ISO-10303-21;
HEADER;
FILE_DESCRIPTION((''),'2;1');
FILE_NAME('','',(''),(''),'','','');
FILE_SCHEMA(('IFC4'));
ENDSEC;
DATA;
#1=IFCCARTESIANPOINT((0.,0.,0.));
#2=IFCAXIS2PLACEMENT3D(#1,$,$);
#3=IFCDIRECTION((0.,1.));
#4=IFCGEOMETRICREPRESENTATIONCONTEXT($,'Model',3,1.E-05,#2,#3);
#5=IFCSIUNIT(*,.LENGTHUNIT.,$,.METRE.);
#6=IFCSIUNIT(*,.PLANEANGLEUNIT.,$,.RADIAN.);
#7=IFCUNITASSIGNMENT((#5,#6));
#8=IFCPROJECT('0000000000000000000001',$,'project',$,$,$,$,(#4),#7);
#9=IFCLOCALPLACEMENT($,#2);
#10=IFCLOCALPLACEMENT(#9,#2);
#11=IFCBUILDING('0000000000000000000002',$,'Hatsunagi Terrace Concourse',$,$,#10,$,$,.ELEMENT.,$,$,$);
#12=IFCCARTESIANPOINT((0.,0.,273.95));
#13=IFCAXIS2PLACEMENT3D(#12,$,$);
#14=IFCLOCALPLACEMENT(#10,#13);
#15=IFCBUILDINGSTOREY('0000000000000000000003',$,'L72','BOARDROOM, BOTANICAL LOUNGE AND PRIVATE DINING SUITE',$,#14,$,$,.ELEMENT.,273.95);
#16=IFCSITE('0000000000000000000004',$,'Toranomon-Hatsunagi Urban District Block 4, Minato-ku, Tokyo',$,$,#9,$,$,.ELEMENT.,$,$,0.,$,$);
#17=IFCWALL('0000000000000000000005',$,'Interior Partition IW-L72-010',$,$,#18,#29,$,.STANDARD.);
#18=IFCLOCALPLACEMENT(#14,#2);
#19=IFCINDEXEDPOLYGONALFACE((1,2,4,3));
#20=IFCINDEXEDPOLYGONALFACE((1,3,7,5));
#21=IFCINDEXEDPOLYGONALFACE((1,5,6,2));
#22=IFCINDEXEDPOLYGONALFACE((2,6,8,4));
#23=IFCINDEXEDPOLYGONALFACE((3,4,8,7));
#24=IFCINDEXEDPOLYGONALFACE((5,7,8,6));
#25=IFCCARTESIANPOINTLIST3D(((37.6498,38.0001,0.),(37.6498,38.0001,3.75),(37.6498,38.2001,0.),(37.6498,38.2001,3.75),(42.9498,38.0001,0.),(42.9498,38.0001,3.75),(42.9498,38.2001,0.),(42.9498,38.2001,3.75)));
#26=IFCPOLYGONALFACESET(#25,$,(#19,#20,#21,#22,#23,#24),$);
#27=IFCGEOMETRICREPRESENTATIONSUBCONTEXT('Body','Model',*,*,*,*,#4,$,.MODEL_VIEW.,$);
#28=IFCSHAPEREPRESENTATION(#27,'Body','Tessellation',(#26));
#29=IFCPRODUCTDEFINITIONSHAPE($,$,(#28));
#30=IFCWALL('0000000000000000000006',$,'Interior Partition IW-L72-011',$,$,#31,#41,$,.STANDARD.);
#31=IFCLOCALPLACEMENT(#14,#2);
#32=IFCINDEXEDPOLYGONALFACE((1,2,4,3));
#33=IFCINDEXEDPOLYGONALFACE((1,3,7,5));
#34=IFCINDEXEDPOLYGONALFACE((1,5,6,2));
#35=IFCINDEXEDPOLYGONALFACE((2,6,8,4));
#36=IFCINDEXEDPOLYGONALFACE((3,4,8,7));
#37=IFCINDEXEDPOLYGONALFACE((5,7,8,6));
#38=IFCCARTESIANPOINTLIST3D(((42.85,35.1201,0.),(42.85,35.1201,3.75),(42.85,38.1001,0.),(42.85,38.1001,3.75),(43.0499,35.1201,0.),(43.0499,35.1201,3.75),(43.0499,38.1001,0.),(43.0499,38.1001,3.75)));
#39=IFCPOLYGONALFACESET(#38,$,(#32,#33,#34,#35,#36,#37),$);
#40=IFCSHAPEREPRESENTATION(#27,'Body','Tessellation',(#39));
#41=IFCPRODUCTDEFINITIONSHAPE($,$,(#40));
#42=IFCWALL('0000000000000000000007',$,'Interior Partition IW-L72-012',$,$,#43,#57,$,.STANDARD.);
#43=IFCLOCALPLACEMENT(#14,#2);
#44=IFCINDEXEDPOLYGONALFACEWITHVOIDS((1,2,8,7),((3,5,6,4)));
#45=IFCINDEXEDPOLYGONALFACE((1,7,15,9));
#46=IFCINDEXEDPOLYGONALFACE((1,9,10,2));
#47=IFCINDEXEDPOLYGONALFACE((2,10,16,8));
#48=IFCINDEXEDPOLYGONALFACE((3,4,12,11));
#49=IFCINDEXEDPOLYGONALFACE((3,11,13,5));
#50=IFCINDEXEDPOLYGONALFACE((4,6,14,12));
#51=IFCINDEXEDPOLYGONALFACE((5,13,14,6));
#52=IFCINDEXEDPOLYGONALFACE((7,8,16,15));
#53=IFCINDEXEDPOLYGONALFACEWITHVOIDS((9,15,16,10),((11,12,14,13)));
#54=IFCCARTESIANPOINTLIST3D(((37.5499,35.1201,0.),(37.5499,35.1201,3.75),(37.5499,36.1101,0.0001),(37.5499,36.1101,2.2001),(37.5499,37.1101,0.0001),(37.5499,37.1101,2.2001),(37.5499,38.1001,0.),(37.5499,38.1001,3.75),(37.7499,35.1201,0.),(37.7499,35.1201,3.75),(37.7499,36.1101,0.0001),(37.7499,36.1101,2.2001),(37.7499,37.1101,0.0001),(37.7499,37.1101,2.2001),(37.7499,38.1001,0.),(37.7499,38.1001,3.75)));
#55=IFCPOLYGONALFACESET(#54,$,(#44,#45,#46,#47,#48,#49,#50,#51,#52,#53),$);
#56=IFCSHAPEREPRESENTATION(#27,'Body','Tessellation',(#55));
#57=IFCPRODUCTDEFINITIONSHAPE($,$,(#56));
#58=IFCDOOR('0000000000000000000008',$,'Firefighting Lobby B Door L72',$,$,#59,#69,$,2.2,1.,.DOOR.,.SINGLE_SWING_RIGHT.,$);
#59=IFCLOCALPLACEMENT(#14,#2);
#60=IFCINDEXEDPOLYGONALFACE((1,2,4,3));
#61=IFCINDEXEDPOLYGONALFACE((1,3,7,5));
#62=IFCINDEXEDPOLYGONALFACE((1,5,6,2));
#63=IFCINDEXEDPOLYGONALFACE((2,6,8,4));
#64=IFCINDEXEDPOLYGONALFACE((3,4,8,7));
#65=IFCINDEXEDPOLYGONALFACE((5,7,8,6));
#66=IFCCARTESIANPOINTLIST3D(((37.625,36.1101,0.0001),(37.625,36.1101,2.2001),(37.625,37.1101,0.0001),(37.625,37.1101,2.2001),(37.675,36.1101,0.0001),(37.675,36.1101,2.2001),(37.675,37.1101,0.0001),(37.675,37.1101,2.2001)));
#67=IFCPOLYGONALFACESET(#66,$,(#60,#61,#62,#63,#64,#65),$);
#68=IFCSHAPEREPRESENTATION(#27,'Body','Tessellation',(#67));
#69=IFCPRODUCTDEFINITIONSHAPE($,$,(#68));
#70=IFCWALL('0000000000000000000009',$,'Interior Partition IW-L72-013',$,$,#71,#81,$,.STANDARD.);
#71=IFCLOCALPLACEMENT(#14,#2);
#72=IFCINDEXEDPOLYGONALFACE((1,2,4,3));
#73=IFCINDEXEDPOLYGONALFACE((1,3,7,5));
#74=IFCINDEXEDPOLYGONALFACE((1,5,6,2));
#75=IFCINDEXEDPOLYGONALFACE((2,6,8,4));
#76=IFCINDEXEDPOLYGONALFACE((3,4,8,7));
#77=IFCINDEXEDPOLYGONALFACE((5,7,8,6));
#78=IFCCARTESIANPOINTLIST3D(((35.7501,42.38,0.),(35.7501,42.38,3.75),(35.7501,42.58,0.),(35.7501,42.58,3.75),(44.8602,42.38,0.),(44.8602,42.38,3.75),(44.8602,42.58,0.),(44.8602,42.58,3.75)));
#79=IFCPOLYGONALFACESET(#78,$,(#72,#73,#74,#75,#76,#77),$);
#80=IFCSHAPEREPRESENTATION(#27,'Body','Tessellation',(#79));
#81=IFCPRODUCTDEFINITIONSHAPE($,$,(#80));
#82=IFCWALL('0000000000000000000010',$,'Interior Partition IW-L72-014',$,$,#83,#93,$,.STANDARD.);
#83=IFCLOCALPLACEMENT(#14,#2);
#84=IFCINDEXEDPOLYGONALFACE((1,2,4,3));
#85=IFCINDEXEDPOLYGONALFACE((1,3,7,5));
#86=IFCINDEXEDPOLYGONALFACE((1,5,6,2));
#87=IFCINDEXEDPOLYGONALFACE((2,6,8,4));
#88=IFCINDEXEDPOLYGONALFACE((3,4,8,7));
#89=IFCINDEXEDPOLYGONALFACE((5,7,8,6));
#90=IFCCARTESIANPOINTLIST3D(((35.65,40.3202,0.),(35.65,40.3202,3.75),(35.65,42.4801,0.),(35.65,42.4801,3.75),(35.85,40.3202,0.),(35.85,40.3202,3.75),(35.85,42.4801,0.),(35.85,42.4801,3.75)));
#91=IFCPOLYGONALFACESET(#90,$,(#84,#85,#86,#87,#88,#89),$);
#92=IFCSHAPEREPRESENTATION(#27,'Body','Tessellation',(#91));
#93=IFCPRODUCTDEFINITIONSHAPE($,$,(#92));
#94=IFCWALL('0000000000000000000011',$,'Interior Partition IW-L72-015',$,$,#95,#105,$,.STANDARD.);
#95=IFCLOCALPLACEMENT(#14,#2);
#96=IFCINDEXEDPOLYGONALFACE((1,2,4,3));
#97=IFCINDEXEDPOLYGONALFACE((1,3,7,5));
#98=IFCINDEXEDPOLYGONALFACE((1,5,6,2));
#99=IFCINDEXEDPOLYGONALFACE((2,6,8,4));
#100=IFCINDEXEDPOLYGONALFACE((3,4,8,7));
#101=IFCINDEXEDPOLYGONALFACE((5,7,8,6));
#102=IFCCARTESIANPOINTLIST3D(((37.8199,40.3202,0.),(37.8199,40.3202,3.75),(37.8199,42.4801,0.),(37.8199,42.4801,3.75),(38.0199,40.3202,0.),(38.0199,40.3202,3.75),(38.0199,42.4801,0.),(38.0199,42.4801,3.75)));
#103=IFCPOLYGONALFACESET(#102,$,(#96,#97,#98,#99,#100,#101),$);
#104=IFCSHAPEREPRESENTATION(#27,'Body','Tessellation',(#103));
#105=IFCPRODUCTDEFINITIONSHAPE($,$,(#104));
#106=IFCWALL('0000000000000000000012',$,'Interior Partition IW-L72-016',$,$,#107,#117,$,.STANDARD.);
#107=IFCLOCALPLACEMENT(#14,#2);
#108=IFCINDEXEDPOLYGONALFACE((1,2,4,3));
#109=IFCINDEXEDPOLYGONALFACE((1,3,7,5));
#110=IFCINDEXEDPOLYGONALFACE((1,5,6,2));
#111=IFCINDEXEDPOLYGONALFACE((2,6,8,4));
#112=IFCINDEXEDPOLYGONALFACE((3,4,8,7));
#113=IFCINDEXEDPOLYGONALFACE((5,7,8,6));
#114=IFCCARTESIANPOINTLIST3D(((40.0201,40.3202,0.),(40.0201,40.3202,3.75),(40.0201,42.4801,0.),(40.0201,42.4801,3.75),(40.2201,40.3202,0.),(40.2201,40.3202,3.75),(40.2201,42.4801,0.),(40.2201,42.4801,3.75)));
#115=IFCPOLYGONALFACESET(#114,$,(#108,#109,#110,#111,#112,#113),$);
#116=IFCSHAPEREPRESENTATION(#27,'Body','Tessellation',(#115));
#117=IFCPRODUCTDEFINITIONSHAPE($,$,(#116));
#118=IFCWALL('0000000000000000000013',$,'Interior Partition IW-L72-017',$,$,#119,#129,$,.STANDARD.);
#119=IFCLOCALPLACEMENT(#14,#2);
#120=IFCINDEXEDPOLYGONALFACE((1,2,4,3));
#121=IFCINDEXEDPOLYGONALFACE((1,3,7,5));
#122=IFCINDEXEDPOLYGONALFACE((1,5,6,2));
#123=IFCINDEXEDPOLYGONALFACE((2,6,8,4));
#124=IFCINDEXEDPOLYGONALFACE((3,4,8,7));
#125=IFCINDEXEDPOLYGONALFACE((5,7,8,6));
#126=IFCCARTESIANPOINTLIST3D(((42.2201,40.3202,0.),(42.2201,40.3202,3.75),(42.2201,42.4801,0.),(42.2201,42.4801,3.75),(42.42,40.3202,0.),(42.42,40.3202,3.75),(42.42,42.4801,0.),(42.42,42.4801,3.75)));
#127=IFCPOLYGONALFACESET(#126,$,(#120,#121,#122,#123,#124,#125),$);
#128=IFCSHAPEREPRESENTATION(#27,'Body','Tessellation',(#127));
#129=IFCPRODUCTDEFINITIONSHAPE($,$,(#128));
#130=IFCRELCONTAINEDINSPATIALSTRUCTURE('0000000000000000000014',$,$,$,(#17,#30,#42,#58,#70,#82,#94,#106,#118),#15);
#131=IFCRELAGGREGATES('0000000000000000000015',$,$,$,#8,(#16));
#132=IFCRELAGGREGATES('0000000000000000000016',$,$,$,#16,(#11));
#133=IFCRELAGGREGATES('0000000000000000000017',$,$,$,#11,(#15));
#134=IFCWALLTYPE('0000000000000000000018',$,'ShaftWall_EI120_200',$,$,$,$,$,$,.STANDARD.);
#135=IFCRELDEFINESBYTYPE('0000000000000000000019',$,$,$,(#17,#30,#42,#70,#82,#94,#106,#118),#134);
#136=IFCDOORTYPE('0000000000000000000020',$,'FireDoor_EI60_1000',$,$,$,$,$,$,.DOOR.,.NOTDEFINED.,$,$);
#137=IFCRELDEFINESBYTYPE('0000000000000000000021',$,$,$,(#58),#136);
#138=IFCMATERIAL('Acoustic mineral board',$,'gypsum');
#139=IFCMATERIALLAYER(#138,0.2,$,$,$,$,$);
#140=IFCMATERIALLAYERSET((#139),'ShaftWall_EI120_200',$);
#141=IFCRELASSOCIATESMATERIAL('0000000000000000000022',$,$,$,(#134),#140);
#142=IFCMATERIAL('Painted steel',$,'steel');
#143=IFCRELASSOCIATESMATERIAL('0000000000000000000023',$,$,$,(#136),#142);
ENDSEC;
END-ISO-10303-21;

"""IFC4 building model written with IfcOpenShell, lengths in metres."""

from ifc_helpers import new_model, si_unit, direction, frame, frame_2d, origin, place, context, subcontext, project, spatial, rectangle, extrude, material, layer, layer_set, type_object, element, fill, save


model = new_model("IFC4")

# Units and contexts
model_context = context("Model", 3, precision=1e-05, world=origin(), true_north=direction((0.0, 1.0)))
body_context = subcontext(model_context, "Body", "Model", "MODEL_VIEW")
ifc_project = project(units=[si_unit("LENGTHUNIT", "METRE"), si_unit("PLANEANGLEUNIT", "RADIAN")], contexts=[model_context])

# Site, building, storey
site_placement = place(None, origin())
site = spatial("IfcSite", under=ifc_project, at=site_placement, Name="Toranomon-Hatsunagi Urban District Block 4, Minato-ku, Tokyo", CompositionType="ELEMENT", RefElevation=0.0)
building_placement = place(site_placement, origin())
building = spatial("IfcBuilding", under=site, at=building_placement, Name="Hatsunagi Terrace Concourse", CompositionType="ELEMENT")
storey_placement = place(building_placement, frame((0.0, 0.0, 273.95)))
storey = spatial("IfcBuildingStorey", under=building, at=storey_placement, Name="L72", Description="BOARDROOM, BOTANICAL LOUNGE AND PRIVATE DINING SUITE", CompositionType="ELEMENT", Elevation=273.95)

# Walls
ifc_material_1 = material(Name="Acoustic mineral board", Category="gypsum")
ifc_layer_1 = layer(ifc_material_1, 0.2)
ifc_layer_set_1 = layer_set([ifc_layer_1], Name="ShaftWall_EI120_200")
wall_type_1 = type_object("IfcWallType", Name="ShaftWall_EI120_200", PredefinedType="STANDARD", material=ifc_layer_set_1)
wall_1_placement = place(storey_placement, frame((37.6499, 38.1001, 0.0), z_axis=(0.0, 0.0, 1.0), x_axis=(1.0, 0.0, 0.0)))
element("IfcWall", 1, at=wall_1_placement, inside=storey, type_object=wall_type_1, Name="Interior Partition IW-L72-010", PredefinedType="STANDARD", context=body_context, shape_type="SweptSolid", body=[
    extrude(rectangle(XDim=5.3, YDim=0.2, at=frame_2d((2.6499, 0.0))), origin(), (0.0, 0.0, 1.0), 3.75),
])
wall_2_placement = place(storey_placement, frame((42.95, 35.1201, 0.0), z_axis=(0.0, 0.0, 1.0), x_axis=(0.0, 1.0, 0.0)))
element("IfcWall", 2, at=wall_2_placement, inside=storey, type_object=wall_type_1, Name="Interior Partition IW-L72-011", PredefinedType="STANDARD", context=body_context, shape_type="SweptSolid", body=[
    extrude(rectangle(XDim=2.98, YDim=0.2, at=frame_2d((1.49, 0.0))), origin(), (0.0, 0.0, 1.0), 3.75),
])

# Wall, opening, door
wall_3_placement = place(storey_placement, frame((37.6499, 35.1201, 0.0), z_axis=(0.0, 0.0, 1.0), x_axis=(0.0, 1.0, 0.0)))
wall_3 = element("IfcWall", 3, at=wall_3_placement, inside=storey, type_object=wall_type_1, Name="Interior Partition IW-L72-012", PredefinedType="STANDARD", context=body_context, shape_type="SweptSolid", body=[
    extrude(rectangle(XDim=2.98, YDim=0.2, at=frame_2d((1.49, 0.0))), origin(), (0.0, 0.0, 1.0), 3.75),
])
opening_1_placement = place(wall_3_placement, frame((0.99, 0.0, 0.0)))
opening_1 = element("IfcOpeningElement", 4, at=opening_1_placement, cuts=wall_3, PredefinedType="OPENING", context=body_context, shape_type="SweptSolid", body=[
    extrude(rectangle(XDim=1.0, YDim=2.2, at=frame_2d((0.5, 1.1001))), frame((0.0, 0.1099, 0.0), z_axis=(0.0, -1.0, 0.0), x_axis=(1.0, 0.0, 0.0)), (0.0, 0.0, 1.0), 0.22),
])
ifc_material_2 = material(Name="Painted steel", Category="steel")
door_type_1 = type_object("IfcDoorType", Name="FireDoor_EI60_1000", OperationType="NOTDEFINED", PredefinedType="DOOR", material=ifc_material_2)
door_1_placement = place(opening_1_placement, origin())
door_1 = element("IfcDoor", 5, at=door_1_placement, inside=storey, type_object=door_type_1, Name="Firefighting Lobby B Door L72", OperationType="SINGLE_SWING_RIGHT", OverallHeight=2.2, OverallWidth=1.0, PredefinedType="DOOR", context=body_context, shape_type="SweptSolid", body=[
    extrude(rectangle(XDim=1.0, YDim=2.2, at=frame_2d((0.5, 1.1001))), frame((0.0, 0.0249, 0.0), z_axis=(0.0, -1.0, 0.0), x_axis=(1.0, 0.0, 0.0)), (0.0, 0.0, 1.0), 0.05),
])
fill(opening_1, door_1)

# Walls
wall_4_placement = place(storey_placement, frame((35.75, 42.48, 0.0), z_axis=(0.0, 0.0, 1.0), x_axis=(1.0, 0.0, 0.0)))
element("IfcWall", 6, at=wall_4_placement, inside=storey, type_object=wall_type_1, Name="Interior Partition IW-L72-013", PredefinedType="STANDARD", context=body_context, shape_type="SweptSolid", body=[
    extrude(rectangle(XDim=9.1101, YDim=0.2, at=frame_2d((4.5552, 0.0))), origin(), (0.0, 0.0, 1.0), 3.75),
])
for number, where, z_axis, x_axis, name in (
    (7, (35.75, 40.3201, 0.0), (0.0, 0.0, 1.0), (0.0, 1.0, 0.0), "Interior Partition IW-L72-014"),
    (8, (37.9199, 40.3201, 0.0), (0.0, 0.0, 1.0), (0.0, 1.0, 0.0), "Interior Partition IW-L72-015"),
    (9, (40.1201, 40.3201, 0.0), (0.0, 0.0, 1.0), (0.0, 1.0, 0.0), "Interior Partition IW-L72-016"),
    (10, (42.3201, 40.3201, 0.0), (0.0, 0.0, 1.0), (0.0, 1.0, 0.0), "Interior Partition IW-L72-017"),
):
    element("IfcWall", number, at=place(storey_placement, frame(where, z_axis=z_axis, x_axis=x_axis)), inside=storey, type_object=wall_type_1, Name=name, PredefinedType="STANDARD", context=body_context, shape_type="SweptSolid", body=[
        extrude(rectangle(XDim=2.1599, YDim=0.2, at=frame_2d((1.0801, 0.0))), origin(), (0.0, 0.0, 1.0), 3.75),
    ])

save(model, "model.ifc")
